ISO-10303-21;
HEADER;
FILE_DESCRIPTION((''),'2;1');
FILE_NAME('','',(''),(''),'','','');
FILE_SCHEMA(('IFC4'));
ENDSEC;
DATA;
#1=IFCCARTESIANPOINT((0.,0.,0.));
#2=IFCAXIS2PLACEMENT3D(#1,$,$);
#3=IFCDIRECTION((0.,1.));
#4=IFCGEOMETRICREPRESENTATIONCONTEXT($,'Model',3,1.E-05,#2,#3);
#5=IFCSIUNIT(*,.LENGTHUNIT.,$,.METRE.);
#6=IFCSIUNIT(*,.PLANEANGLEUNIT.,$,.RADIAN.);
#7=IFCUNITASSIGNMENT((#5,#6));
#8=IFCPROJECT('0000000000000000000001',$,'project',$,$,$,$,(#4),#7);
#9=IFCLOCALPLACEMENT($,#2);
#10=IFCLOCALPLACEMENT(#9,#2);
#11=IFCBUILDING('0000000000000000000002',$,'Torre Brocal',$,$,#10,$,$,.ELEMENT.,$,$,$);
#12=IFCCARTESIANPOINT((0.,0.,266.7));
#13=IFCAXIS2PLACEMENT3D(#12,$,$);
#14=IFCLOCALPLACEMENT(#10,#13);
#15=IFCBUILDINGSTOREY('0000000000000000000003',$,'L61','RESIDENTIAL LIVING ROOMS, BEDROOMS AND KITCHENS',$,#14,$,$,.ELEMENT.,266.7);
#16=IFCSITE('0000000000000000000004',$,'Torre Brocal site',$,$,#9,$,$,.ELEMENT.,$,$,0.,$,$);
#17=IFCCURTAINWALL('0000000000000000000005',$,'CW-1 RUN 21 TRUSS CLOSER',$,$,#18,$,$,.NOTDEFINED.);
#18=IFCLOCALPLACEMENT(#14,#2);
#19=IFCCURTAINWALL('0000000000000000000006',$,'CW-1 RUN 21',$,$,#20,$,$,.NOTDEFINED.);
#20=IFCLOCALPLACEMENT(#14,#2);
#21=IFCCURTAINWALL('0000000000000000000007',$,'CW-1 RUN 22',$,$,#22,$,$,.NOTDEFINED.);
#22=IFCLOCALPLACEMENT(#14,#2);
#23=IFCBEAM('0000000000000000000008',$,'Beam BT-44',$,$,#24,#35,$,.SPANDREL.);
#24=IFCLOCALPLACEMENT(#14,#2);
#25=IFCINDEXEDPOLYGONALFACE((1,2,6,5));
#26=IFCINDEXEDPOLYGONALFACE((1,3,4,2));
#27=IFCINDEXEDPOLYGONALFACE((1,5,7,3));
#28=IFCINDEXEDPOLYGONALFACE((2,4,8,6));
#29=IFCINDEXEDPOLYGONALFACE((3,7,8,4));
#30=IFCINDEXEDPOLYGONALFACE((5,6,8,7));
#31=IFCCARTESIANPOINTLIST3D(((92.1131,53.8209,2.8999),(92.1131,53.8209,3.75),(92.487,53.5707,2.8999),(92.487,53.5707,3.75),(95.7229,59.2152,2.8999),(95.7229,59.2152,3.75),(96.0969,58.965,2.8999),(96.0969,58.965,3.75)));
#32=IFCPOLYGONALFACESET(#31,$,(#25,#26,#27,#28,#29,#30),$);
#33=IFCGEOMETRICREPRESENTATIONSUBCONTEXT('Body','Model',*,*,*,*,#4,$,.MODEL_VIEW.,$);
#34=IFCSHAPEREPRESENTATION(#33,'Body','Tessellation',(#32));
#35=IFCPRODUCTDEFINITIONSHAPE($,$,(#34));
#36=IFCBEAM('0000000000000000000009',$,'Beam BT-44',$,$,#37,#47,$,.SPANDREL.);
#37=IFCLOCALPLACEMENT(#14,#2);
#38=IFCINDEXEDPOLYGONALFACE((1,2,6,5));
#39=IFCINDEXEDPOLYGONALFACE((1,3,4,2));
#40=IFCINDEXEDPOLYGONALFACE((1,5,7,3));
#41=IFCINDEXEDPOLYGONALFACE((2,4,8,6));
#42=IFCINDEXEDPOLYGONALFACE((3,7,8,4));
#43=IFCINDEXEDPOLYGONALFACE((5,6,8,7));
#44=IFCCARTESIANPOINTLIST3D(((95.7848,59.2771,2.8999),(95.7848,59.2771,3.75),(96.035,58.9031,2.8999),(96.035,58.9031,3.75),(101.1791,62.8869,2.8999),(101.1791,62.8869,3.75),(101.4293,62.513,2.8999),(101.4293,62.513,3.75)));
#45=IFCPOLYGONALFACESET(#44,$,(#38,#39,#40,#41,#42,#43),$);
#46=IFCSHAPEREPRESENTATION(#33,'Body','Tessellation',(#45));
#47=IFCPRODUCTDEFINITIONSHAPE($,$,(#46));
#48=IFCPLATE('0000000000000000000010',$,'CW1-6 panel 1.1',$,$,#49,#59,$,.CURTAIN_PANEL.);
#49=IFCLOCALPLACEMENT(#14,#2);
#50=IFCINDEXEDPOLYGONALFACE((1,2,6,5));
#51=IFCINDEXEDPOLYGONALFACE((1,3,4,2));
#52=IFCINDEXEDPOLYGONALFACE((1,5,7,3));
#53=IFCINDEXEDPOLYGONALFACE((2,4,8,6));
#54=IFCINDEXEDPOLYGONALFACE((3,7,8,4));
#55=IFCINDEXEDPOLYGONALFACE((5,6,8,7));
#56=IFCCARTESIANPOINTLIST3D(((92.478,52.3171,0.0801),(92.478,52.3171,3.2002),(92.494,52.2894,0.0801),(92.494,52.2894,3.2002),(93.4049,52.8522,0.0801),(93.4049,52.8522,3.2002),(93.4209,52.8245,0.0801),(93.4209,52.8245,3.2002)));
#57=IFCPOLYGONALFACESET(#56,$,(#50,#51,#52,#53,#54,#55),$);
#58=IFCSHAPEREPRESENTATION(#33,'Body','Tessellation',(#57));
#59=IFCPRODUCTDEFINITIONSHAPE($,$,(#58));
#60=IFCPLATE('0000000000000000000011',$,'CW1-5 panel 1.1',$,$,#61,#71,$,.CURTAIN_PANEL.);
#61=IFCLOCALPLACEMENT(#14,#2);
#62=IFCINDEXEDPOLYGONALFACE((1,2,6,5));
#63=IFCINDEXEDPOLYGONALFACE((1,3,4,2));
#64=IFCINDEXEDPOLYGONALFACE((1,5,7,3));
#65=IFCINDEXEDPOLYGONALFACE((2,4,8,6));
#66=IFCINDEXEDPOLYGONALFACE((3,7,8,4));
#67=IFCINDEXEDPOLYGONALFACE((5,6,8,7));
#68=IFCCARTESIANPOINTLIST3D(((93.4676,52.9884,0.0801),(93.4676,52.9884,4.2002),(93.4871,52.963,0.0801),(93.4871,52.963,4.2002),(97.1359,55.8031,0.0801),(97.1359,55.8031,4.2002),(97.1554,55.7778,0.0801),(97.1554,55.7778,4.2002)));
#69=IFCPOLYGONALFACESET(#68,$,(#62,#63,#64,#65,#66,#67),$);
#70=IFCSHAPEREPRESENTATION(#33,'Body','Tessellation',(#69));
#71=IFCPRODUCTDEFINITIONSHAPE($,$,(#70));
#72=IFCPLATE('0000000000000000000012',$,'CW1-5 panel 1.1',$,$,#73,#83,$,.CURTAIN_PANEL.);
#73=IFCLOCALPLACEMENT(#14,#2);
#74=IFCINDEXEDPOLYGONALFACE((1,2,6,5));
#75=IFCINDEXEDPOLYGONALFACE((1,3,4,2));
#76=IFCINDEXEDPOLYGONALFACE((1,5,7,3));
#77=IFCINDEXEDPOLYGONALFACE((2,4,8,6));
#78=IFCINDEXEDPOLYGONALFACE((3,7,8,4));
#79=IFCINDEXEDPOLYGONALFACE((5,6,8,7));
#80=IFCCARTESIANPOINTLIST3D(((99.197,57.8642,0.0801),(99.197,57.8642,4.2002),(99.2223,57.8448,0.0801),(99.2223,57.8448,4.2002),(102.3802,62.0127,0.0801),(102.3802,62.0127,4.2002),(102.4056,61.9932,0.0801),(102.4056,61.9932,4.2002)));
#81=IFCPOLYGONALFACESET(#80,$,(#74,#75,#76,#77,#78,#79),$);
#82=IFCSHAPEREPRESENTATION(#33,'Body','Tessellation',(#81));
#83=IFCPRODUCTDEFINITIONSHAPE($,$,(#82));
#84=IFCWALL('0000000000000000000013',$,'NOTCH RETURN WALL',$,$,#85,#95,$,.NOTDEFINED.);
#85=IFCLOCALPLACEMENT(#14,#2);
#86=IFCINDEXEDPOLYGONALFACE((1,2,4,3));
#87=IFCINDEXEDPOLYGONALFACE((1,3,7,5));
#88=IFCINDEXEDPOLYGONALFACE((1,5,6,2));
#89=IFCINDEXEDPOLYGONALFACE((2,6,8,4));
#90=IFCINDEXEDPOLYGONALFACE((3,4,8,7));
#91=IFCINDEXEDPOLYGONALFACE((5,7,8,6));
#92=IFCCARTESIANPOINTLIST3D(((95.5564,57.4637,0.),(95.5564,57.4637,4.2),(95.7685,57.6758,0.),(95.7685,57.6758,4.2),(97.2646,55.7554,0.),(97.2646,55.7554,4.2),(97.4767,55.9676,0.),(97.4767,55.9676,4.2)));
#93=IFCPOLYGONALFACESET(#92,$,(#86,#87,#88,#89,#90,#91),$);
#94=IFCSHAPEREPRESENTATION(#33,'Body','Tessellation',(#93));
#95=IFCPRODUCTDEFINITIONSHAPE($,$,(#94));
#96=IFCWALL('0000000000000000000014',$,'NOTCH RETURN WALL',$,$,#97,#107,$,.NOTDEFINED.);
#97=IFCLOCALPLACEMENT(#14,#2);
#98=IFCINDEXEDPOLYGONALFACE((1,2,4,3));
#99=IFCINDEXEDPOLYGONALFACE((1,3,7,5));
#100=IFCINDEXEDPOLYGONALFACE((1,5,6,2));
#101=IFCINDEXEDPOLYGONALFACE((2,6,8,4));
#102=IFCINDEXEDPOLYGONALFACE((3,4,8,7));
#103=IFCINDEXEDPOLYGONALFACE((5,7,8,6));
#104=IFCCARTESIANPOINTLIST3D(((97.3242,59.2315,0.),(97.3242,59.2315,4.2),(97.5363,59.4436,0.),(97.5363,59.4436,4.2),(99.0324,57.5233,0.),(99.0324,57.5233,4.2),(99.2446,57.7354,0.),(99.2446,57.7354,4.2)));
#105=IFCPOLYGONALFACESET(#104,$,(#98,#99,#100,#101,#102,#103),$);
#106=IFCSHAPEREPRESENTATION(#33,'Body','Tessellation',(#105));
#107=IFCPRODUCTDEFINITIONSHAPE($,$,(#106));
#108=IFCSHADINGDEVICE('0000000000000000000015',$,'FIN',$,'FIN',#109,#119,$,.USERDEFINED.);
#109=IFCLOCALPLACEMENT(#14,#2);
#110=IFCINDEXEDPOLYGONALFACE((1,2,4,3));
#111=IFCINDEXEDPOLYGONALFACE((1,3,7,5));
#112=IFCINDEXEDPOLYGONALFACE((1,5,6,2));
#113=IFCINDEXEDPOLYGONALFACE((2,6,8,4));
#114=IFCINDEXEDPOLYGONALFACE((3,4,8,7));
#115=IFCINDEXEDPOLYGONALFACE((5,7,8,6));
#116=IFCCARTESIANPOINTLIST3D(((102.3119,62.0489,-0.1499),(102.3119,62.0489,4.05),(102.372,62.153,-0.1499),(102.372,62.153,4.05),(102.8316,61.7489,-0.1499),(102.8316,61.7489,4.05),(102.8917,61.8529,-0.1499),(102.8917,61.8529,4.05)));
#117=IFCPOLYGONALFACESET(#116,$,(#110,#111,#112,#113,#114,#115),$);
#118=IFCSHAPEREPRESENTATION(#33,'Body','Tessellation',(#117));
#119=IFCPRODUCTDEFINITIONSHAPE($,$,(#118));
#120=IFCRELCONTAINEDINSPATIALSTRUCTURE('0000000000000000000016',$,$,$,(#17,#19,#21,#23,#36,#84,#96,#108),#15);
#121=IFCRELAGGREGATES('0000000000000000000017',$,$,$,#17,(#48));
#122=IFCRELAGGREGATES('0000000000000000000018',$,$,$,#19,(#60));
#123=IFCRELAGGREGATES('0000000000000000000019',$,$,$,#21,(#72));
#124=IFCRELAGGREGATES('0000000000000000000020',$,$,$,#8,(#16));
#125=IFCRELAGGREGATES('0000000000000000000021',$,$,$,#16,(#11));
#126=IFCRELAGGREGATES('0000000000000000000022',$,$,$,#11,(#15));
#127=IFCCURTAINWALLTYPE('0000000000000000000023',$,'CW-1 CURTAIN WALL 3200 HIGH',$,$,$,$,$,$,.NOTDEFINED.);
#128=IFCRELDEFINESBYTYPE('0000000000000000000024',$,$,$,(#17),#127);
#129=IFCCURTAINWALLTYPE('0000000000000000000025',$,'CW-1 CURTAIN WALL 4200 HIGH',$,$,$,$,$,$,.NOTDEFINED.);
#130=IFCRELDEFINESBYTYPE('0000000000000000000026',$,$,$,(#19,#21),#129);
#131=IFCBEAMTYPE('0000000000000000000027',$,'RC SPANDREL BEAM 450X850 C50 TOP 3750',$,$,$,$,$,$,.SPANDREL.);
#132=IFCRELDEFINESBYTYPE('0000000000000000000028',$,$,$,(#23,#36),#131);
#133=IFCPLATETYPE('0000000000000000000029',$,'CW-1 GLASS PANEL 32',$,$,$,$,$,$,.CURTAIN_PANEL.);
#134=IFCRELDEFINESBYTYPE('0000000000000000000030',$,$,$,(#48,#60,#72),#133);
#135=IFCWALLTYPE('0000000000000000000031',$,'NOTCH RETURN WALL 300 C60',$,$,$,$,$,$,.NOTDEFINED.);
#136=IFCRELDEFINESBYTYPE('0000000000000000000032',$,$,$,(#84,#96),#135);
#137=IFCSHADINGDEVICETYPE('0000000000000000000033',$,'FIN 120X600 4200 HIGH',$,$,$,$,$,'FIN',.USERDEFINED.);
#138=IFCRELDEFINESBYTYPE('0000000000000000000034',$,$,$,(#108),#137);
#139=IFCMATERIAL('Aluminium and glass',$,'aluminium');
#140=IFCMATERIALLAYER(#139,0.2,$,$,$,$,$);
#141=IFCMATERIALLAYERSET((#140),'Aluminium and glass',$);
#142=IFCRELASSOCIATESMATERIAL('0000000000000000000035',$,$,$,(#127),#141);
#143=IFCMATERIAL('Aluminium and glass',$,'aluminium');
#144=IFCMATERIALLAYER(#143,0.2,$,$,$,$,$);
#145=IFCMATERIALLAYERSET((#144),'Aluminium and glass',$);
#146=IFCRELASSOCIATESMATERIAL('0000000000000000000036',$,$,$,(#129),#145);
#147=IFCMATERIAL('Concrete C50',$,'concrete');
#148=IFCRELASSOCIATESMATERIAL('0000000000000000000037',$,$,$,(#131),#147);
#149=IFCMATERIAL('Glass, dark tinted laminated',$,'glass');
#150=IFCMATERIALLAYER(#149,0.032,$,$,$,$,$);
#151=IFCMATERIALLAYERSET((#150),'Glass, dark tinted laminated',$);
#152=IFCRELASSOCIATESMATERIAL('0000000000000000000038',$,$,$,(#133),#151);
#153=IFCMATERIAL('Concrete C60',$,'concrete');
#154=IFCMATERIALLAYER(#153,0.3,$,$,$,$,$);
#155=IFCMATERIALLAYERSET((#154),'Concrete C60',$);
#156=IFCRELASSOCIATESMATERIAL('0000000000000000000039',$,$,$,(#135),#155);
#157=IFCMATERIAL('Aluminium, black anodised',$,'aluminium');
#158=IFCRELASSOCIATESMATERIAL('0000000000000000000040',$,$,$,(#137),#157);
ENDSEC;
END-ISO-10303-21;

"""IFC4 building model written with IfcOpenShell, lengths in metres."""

from ifc_helpers import new_model, si_unit, direction, frame, frame_2d, origin, origin_2d, place, context, subcontext, project, spatial, rectangle, extrude, material, layer, layer_set, material_profile, profile_set, type_object, element, aggregate, save


model = new_model("IFC4")

# Units and contexts
model_context = context("Model", 3, precision=1e-05, world=origin(), true_north=direction((0.0, 1.0)))
body_context = subcontext(model_context, "Body", "Model", "MODEL_VIEW")
ifc_project = project(units=[si_unit("LENGTHUNIT", "METRE"), si_unit("PLANEANGLEUNIT", "RADIAN")], contexts=[model_context])

# Site, building, storey
site_placement = place(None, origin())
site = spatial("IfcSite", under=ifc_project, at=site_placement, Name="Torre Brocal site", CompositionType="ELEMENT", RefElevation=0.0)
building_placement = place(site_placement, origin())
building = spatial("IfcBuilding", under=site, at=building_placement, Name="Torre Brocal", CompositionType="ELEMENT")
storey_placement = place(building_placement, frame((0.0, 0.0, 266.7)))
storey = spatial("IfcBuildingStorey", under=building, at=storey_placement, Name="L61", Description="RESIDENTIAL LIVING ROOMS, BEDROOMS AND KITCHENS", CompositionType="ELEMENT", Elevation=266.7)

# Curtain wall
ifc_material_1 = material(Name="Aluminium and glass", Category="aluminium")
ifc_layer_1 = layer(ifc_material_1, 0.2)
ifc_layer_set_1 = layer_set([ifc_layer_1], Name="Aluminium and glass")
curtain_wall_type_1 = type_object("IfcCurtainWallType", Name="CW-1 CURTAIN WALL 3200 HIGH", PredefinedType="NOTDEFINED", material=ifc_layer_set_1)
curtain_wall_1_placement = place(storey_placement, origin())
curtain_wall_1 = element("IfcCurtainWall", 1, at=curtain_wall_1_placement, inside=storey, type_object=curtain_wall_type_1, Name="CW-1 RUN 21 TRUSS CLOSER", PredefinedType="NOTDEFINED")

# Shared definitions
ifc_material_2 = material(Name="Aluminium and glass", Category="aluminium")
ifc_layer_2 = layer(ifc_material_2, 0.2)
ifc_layer_set_2 = layer_set([ifc_layer_2], Name="Aluminium and glass")
curtain_wall_type_2 = type_object("IfcCurtainWallType", Name="CW-1 CURTAIN WALL 4200 HIGH", PredefinedType="NOTDEFINED", material=ifc_layer_set_2)

# Curtain walls
curtain_wall_2_placement = place(storey_placement, origin())
curtain_wall_2 = element("IfcCurtainWall", 2, at=curtain_wall_2_placement, inside=storey, type_object=curtain_wall_type_2, Name="CW-1 RUN 21", PredefinedType="NOTDEFINED")
curtain_wall_3_placement = place(storey_placement, origin())
curtain_wall_3 = element("IfcCurtainWall", 3, at=curtain_wall_3_placement, inside=storey, type_object=curtain_wall_type_2, Name="CW-1 RUN 22", PredefinedType="NOTDEFINED")

# Beams
ifc_material_3 = material(Name="Concrete C50", Category="concrete")
ifc_material_profile_1 = material_profile(ifc_material_3, rectangle(XDim=0.45, YDim=0.8501, at=origin_2d()), Name="RC 450X850")
ifc_profile_set_1 = profile_set([ifc_material_profile_1], Name="Concrete C50")
beam_type = type_object("IfcBeamType", Name="RC SPANDREL BEAM 450X850 C50 TOP 3750", PredefinedType="SPANDREL", material=ifc_profile_set_1)
for number, where, z_axis, x_axis, name in (
    (4, (92.3, 53.6958, 3.325), (0.556158, 0.831077, 0.0), (-0.831077, 0.556158, 0.0), "Beam BT-44"),
    (5, (95.9099, 59.0901, 3.325), (0.831077, 0.556158, 0.0), (-0.556158, 0.831077, 0.0), "Beam BT-44"),
):
    element("IfcBeam", number, at=place(storey_placement, frame(where, z_axis=z_axis, x_axis=x_axis)), inside=storey, type_object=beam_type, Name=name, PredefinedType="SPANDREL", context=body_context, shape_type="SweptSolid", body=[
        extrude(rectangle(XDim=0.45, YDim=0.8501, at=origin_2d()), origin(), (0.0, 0.0, 1.0), 6.4907),
    ])

# Plates
ifc_material_4 = material(Name="Glass, dark tinted laminated", Category="glass")
ifc_layer_3 = layer(ifc_material_4, 0.032)
ifc_layer_set_3 = layer_set([ifc_layer_3], Name="Glass, dark tinted laminated")
plate_type = type_object("IfcPlateType", Name="CW-1 GLASS PANEL 32", PredefinedType="CURTAIN_PANEL", material=ifc_layer_set_3)
plate_1_placement = place(storey_placement, frame((92.9495, 52.5708, 0.0801), z_axis=(0.0, 0.0, 1.0), x_axis=(0.866025, 0.5, 0.0)))
plate_1 = element("IfcPlate", 6, at=plate_1_placement, type_object=plate_type, Name="CW1-6 panel 1.1", PredefinedType="CURTAIN_PANEL", context=body_context, shape_type="SweptSolid", body=[
    extrude(rectangle(XDim=1.0703, YDim=0.032, at=origin_2d()), origin(), (0.0, 0.0, 1.0), 3.1201),
])
aggregate(curtain_wall_1, [plate_1])
plate_2_placement = place(storey_placement, frame((95.3115, 54.3831, 0.0801), z_axis=(0.0, 0.0, 1.0), x_axis=(0.793353, 0.608761, 0.0)))
plate_2 = element("IfcPlate", 7, at=plate_2_placement, type_object=plate_type, Name="CW1-5 panel 1.1", PredefinedType="CURTAIN_PANEL", context=body_context, shape_type="SweptSolid", body=[
    extrude(rectangle(XDim=4.6238, YDim=0.032, at=origin_2d()), origin(), (0.0, 0.0, 1.0), 4.1201),
])
aggregate(curtain_wall_2, [plate_2])
plate_3_placement = place(storey_placement, frame((100.8013, 59.9287, 0.0801), z_axis=(0.0, 0.0, 1.0), x_axis=(0.608761, 0.793353, 0.0)))
plate_3 = element("IfcPlate", 8, at=plate_3_placement, type_object=plate_type, Name="CW1-5 panel 1.1", PredefinedType="CURTAIN_PANEL", context=body_context, shape_type="SweptSolid", body=[
    extrude(rectangle(XDim=5.229, YDim=0.032, at=origin_2d()), origin(), (0.0, 0.0, 1.0), 4.1201),
])
aggregate(curtain_wall_3, [plate_3])

# Walls
ifc_material_5 = material(Name="Concrete C60", Category="concrete")
ifc_layer_4 = layer(ifc_material_5, 0.3)
ifc_layer_set_4 = layer_set([ifc_layer_4], Name="Concrete C60")
wall_type = type_object("IfcWallType", Name="NOTCH RETURN WALL 300 C60", PredefinedType="NOTDEFINED", material=ifc_layer_set_4)
for number, where, z_axis, x_axis, name in (
    (9, (95.6624, 57.5698, 0.0), (0.0, 0.0, 1.0), (0.707107, -0.707107, 0.0), "NOTCH RETURN WALL"),
    (10, (97.4302, 59.3376, 0.0), (0.0, 0.0, 1.0), (0.707107, -0.707107, 0.0), "NOTCH RETURN WALL"),
):
    element("IfcWall", number, at=place(storey_placement, frame(where, z_axis=z_axis, x_axis=x_axis)), inside=storey, type_object=wall_type, Name=name, PredefinedType="NOTDEFINED", context=body_context, shape_type="SweptSolid", body=[
        extrude(rectangle(XDim=2.4158, YDim=0.3, at=frame_2d((1.208, 0.0))), origin(), (0.0, 0.0, 1.0), 4.2),
    ])

# Shading device
ifc_material_6 = material(Name="Aluminium, black anodised", Category="aluminium")
ifc_material_profile_2 = material_profile(ifc_material_6, rectangle(XDim=0.1201, YDim=0.6001, at=origin_2d()), Name="FIN 120X600 4200 HIGH")
ifc_profile_set_2 = profile_set([ifc_material_profile_2], Name="Aluminium, black anodised")
shading_device_type = type_object("IfcShadingDeviceType", Name="FIN 120X600 4200 HIGH", ElementType="FIN", PredefinedType="USERDEFINED", material=ifc_profile_set_2)
shading_device_placement = place(storey_placement, frame((102.6018, 61.9509, -0.1499), z_axis=(0.0, 0.0, 1.0), x_axis=(0.5, 0.866025, 0.0)))
element("IfcShadingDevice", 11, at=shading_device_placement, inside=storey, type_object=shading_device_type, Name="FIN", ObjectType="FIN", PredefinedType="USERDEFINED", context=body_context, shape_type="SweptSolid", body=[
    extrude(rectangle(XDim=0.1201, YDim=0.6001, at=origin_2d()), origin(), (0.0, 0.0, 1.0), 4.2),
])

save(model, "model.ifc")
